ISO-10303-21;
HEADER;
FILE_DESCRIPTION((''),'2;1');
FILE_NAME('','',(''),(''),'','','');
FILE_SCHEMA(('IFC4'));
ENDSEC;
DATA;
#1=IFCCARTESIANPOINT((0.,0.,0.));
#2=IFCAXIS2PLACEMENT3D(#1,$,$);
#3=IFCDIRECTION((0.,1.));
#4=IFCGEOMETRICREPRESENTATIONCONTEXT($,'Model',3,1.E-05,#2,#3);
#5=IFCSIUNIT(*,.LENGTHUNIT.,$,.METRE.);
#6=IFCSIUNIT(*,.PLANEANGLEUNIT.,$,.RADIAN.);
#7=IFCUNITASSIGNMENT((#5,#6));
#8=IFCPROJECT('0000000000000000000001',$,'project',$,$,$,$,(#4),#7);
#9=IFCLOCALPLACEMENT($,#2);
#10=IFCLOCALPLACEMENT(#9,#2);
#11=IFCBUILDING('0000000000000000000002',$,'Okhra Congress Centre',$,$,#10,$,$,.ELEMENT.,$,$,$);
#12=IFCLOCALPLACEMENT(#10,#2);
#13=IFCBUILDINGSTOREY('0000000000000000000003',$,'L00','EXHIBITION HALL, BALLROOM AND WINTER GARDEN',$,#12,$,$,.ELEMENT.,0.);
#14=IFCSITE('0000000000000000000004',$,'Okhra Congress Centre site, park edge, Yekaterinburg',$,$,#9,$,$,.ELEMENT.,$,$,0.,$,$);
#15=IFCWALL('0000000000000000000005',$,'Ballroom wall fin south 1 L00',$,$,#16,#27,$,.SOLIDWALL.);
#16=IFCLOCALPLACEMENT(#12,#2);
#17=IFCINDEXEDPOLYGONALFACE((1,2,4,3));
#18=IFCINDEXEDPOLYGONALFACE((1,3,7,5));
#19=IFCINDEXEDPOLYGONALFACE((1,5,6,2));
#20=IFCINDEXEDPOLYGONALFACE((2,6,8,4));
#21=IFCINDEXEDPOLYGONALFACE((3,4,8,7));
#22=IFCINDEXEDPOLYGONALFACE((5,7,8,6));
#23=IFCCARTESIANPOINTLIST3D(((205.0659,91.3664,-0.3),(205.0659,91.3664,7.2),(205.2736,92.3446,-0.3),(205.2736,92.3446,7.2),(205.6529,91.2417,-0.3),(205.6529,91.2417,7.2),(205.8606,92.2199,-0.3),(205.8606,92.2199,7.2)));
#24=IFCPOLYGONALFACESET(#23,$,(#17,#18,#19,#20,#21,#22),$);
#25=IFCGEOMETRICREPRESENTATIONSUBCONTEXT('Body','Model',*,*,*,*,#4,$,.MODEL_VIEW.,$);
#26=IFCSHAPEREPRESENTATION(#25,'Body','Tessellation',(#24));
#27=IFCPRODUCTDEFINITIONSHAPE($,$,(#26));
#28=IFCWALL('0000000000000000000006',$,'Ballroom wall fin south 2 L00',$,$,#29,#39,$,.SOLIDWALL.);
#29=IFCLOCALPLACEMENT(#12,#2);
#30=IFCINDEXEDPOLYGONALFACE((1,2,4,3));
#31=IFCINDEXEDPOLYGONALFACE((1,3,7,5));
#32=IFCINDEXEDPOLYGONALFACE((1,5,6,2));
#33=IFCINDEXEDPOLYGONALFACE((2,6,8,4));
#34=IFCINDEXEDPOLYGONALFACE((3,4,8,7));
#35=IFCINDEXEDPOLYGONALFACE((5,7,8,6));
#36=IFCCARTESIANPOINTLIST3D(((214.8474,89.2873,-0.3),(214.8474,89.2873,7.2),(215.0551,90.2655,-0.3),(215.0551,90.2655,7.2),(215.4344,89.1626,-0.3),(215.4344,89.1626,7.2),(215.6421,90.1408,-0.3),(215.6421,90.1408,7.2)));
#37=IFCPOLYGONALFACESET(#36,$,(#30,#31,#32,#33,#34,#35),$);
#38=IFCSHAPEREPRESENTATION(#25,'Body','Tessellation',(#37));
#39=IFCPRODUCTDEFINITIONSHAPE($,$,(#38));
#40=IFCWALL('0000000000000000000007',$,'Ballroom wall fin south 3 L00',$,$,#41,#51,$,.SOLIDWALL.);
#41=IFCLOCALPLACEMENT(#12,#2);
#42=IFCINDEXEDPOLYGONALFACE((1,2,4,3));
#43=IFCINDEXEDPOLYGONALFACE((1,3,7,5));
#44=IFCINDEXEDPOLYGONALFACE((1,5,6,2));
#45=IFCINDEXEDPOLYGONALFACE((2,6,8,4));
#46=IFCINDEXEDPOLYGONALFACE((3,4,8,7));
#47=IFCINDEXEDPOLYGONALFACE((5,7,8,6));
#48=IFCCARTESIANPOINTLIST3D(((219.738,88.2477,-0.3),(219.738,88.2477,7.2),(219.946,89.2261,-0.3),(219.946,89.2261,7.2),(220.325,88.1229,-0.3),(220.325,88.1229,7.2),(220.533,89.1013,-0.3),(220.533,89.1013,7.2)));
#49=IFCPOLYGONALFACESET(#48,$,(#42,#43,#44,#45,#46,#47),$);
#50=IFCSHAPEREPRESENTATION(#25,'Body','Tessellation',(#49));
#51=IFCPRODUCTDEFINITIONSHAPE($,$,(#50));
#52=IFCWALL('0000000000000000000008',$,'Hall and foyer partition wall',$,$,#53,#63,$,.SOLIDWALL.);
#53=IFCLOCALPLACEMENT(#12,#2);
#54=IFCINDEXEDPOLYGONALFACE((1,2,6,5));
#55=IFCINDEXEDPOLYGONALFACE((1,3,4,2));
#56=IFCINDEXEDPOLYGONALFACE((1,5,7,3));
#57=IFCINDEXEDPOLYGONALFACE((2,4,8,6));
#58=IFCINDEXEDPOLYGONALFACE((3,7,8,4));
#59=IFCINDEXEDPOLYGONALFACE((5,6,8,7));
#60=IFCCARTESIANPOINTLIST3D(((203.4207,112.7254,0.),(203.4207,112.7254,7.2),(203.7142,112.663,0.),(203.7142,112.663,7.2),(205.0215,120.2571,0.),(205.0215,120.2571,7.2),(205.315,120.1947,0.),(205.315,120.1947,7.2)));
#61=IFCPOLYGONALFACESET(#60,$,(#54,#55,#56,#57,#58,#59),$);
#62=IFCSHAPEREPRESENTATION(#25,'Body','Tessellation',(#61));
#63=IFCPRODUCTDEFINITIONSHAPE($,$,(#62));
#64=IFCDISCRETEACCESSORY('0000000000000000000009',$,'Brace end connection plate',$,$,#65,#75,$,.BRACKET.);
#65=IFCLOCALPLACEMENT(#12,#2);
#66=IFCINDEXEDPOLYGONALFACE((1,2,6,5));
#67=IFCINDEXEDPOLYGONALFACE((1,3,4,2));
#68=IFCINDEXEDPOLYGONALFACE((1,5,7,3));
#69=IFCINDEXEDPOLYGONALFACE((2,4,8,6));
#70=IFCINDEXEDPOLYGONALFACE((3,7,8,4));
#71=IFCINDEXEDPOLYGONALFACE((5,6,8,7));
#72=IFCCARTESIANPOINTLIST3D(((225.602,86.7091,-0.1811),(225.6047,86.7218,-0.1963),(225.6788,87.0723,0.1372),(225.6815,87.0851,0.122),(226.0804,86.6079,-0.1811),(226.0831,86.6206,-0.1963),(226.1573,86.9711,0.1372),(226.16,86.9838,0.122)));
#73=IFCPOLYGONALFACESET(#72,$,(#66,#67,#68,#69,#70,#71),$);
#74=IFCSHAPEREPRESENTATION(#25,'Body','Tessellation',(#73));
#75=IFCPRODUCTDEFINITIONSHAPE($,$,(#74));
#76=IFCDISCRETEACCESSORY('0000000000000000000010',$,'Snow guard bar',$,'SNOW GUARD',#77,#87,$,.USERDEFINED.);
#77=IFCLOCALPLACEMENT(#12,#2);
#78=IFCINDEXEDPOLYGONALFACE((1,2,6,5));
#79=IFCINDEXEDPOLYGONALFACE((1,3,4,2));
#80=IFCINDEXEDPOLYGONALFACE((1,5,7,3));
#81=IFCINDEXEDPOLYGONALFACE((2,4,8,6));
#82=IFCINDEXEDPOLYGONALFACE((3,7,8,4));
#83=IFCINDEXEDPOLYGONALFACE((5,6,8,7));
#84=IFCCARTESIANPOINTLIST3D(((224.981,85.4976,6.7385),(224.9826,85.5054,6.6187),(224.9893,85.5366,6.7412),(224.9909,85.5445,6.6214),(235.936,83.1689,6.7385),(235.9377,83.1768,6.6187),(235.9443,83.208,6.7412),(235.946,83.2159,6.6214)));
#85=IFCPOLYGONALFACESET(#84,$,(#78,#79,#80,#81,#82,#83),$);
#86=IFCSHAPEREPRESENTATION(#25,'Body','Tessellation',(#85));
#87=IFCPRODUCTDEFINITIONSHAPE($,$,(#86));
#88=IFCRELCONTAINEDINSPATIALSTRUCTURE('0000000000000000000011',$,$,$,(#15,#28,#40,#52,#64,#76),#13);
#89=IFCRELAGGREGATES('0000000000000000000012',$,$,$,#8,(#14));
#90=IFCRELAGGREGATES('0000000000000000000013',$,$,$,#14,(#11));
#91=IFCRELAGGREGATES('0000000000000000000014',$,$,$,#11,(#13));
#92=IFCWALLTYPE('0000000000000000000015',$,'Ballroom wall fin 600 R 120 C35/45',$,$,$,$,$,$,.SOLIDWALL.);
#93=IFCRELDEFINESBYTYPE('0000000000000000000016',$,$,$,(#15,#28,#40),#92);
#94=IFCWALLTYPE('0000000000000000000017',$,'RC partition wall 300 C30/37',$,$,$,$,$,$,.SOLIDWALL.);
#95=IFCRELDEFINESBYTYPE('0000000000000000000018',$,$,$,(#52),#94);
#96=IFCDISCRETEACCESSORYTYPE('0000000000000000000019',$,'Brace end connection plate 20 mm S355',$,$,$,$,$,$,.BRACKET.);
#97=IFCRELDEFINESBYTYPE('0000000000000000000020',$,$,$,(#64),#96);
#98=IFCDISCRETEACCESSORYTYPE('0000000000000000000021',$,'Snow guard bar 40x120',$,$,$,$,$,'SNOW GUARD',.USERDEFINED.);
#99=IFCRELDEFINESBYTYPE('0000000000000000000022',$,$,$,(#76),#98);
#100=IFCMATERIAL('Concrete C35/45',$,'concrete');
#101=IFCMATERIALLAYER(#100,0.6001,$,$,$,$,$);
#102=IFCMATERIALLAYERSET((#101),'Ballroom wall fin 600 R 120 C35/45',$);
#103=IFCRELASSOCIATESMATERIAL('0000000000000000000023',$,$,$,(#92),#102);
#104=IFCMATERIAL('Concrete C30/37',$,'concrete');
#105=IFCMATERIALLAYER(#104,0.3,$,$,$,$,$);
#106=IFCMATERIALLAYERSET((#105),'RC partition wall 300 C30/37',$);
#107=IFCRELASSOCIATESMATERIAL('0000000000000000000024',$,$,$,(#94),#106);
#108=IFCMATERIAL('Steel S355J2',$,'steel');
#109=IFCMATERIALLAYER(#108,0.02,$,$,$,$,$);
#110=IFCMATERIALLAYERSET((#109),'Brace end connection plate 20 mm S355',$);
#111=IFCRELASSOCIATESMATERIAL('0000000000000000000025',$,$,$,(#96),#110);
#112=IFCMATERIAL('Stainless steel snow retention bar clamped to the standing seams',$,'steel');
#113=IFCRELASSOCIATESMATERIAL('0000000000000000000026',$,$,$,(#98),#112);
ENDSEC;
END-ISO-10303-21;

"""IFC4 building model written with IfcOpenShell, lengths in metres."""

from ifc_helpers import new_model, si_unit, direction, frame, frame_2d, origin, origin_2d, place, context, subcontext, project, spatial, polyline, rectangle, outline, extrude, material, layer, layer_set, type_object, element, save


model = new_model("IFC4")

# Units and contexts
model_context = context("Model", 3, precision=1e-05, world=origin(), true_north=direction((0.0, 1.0)))
body_context = subcontext(model_context, "Body", "Model", "MODEL_VIEW")
ifc_project = project(units=[si_unit("LENGTHUNIT", "METRE"), si_unit("PLANEANGLEUNIT", "RADIAN")], contexts=[model_context])

# Site, building, storey
site_placement = place(None, origin())
site = spatial("IfcSite", under=ifc_project, at=site_placement, Name="Okhra Congress Centre site, park edge, Yekaterinburg", CompositionType="ELEMENT", RefElevation=0.0)
building_placement = place(site_placement, origin())
building = spatial("IfcBuilding", under=site, at=building_placement, Name="Okhra Congress Centre", CompositionType="ELEMENT")
storey_placement = place(building_placement, origin())
storey = spatial("IfcBuildingStorey", under=building, at=storey_placement, Name="L00", Description="EXHIBITION HALL, BALLROOM AND WINTER GARDEN", CompositionType="ELEMENT", Elevation=0.0)

# Shared definitions
ifc_material_1 = material(Name="Concrete C30/37", Category="concrete")

# Shared definitions
ifc_material_2 = material(Name="Concrete C35/45", Category="concrete")

# Shared definitions
ifc_material_3 = material(Name="Steel S355J2", Category="steel")

# Walls
ifc_layer_1 = layer(ifc_material_2, 0.6001)
ifc_layer_set_1 = layer_set([ifc_layer_1], Name="Ballroom wall fin 600 R 120 C35/45")
wall_type_1 = type_object("IfcWallType", Name="Ballroom wall fin 600 R 120 C35/45", PredefinedType="SOLIDWALL", material=ifc_layer_set_1)
for number, where, z_axis, x_axis, name in (
    (1, (205.5671, 92.2822, -0.3), (0.0, 0.0, 1.0), (-0.207745, -0.978183, 0.0), "Ballroom wall fin south 1 L00"),
    (2, (215.3486, 90.2031, -0.3), (0.0, 0.0, 1.0), (-0.207745, -0.978183, 0.0), "Ballroom wall fin south 2 L00"),
):
    element("IfcWall", number, at=place(storey_placement, frame(where, z_axis=z_axis, x_axis=x_axis)), inside=storey, type_object=wall_type_1, Name=name, PredefinedType="SOLIDWALL", context=body_context, shape_type="SweptSolid", body=[
        extrude(rectangle(XDim=1.0, YDim=0.6001, at=frame_2d((0.5, 0.0))), origin(), (0.0, 0.0, 1.0), 7.5),
    ])
wall_1_placement = place(storey_placement, frame((220.2395, 89.1636, -0.3), z_axis=(0.0, 0.0, 1.0), x_axis=(-0.207978, -0.978133, 0.0)))
element("IfcWall", 3, at=wall_1_placement, inside=storey, type_object=wall_type_1, Name="Ballroom wall fin south 3 L00", PredefinedType="SOLIDWALL", context=body_context, shape_type="SweptSolid", body=[
    extrude(rectangle(XDim=1.0002, YDim=0.6001, at=frame_2d((0.5, 0.0))), origin(), (0.0, 0.0, 1.0), 7.5),
])
ifc_layer_2 = layer(ifc_material_1, 0.3)
ifc_layer_set_2 = layer_set([ifc_layer_2], Name="RC partition wall 300 C30/37")
wall_type_2 = type_object("IfcWallType", Name="RC partition wall 300 C30/37", PredefinedType="SOLIDWALL", material=ifc_layer_set_2)
wall_2_placement = place(storey_placement, frame((203.5674, 112.6941, 0.0), z_axis=(0.0, 0.0, 1.0), x_axis=(0.2079, 0.97815, 0.0)))
element("IfcWall", 4, at=wall_2_placement, inside=storey, type_object=wall_type_2, Name="Hall and foyer partition wall", PredefinedType="SOLIDWALL", context=body_context, shape_type="SweptSolid", body=[
    extrude(rectangle(XDim=7.7, YDim=0.3, at=frame_2d((3.8501, 0.0))), origin(), (0.0, 0.0, 1.0), 7.2),
])

# Discrete accessories
ifc_layer_3 = layer(ifc_material_3, 0.02)
ifc_layer_set_3 = layer_set([ifc_layer_3], Name="Brace end connection plate 20 mm S355")
discrete_accessory_type_1 = type_object("IfcDiscreteAccessoryType", Name="Brace end connection plate 20 mm S355", PredefinedType="BRACKET", material=ifc_layer_set_3)
discrete_accessory_1_placement = place(storey_placement, frame((225.8796, 86.8401, -0.022), z_axis=(0.134698, 0.636756, -0.759209), x_axis=(-0.97835, 0.206959, 0.0)))
element("IfcDiscreteAccessory", 5, at=discrete_accessory_1_placement, inside=storey, type_object=discrete_accessory_type_1, Name="Brace end connection plate", PredefinedType="BRACKET", context=body_context, shape_type="SweptSolid", body=[
    extrude(rectangle(XDim=0.489, YDim=0.489, at=origin_2d()), origin(), (0.0, 0.0, 1.0), 0.02),
])
ifc_material_4 = material(Name="Stainless steel snow retention bar clamped to the standing seams", Category="steel")
discrete_accessory_type_2 = type_object("IfcDiscreteAccessoryType", Name="Snow guard bar 40x120", ElementType="SNOW GUARD", PredefinedType="USERDEFINED", material=ifc_material_4)
discrete_accessory_2_placement = place(storey_placement, frame((224.981, 85.4976, 6.7385), z_axis=(-0.01395, -0.065631, 0.997746), x_axis=(0.978147, -0.207915, 0.0)))
element("IfcDiscreteAccessory", 6, at=discrete_accessory_2_placement, inside=storey, type_object=discrete_accessory_type_2, Name="Snow guard bar", ObjectType="SNOW GUARD", PredefinedType="USERDEFINED", context=body_context, shape_type="SweptSolid", body=[
    extrude(outline(polyline([(0.0, 0.0), (11.1998, 0.0), (11.1998, 0.04), (0.0, 0.04), (0.0, 0.0)])), origin(), (0.0, 0.0, -1.0), 0.1201),
])

save(model, "model.ifc")
